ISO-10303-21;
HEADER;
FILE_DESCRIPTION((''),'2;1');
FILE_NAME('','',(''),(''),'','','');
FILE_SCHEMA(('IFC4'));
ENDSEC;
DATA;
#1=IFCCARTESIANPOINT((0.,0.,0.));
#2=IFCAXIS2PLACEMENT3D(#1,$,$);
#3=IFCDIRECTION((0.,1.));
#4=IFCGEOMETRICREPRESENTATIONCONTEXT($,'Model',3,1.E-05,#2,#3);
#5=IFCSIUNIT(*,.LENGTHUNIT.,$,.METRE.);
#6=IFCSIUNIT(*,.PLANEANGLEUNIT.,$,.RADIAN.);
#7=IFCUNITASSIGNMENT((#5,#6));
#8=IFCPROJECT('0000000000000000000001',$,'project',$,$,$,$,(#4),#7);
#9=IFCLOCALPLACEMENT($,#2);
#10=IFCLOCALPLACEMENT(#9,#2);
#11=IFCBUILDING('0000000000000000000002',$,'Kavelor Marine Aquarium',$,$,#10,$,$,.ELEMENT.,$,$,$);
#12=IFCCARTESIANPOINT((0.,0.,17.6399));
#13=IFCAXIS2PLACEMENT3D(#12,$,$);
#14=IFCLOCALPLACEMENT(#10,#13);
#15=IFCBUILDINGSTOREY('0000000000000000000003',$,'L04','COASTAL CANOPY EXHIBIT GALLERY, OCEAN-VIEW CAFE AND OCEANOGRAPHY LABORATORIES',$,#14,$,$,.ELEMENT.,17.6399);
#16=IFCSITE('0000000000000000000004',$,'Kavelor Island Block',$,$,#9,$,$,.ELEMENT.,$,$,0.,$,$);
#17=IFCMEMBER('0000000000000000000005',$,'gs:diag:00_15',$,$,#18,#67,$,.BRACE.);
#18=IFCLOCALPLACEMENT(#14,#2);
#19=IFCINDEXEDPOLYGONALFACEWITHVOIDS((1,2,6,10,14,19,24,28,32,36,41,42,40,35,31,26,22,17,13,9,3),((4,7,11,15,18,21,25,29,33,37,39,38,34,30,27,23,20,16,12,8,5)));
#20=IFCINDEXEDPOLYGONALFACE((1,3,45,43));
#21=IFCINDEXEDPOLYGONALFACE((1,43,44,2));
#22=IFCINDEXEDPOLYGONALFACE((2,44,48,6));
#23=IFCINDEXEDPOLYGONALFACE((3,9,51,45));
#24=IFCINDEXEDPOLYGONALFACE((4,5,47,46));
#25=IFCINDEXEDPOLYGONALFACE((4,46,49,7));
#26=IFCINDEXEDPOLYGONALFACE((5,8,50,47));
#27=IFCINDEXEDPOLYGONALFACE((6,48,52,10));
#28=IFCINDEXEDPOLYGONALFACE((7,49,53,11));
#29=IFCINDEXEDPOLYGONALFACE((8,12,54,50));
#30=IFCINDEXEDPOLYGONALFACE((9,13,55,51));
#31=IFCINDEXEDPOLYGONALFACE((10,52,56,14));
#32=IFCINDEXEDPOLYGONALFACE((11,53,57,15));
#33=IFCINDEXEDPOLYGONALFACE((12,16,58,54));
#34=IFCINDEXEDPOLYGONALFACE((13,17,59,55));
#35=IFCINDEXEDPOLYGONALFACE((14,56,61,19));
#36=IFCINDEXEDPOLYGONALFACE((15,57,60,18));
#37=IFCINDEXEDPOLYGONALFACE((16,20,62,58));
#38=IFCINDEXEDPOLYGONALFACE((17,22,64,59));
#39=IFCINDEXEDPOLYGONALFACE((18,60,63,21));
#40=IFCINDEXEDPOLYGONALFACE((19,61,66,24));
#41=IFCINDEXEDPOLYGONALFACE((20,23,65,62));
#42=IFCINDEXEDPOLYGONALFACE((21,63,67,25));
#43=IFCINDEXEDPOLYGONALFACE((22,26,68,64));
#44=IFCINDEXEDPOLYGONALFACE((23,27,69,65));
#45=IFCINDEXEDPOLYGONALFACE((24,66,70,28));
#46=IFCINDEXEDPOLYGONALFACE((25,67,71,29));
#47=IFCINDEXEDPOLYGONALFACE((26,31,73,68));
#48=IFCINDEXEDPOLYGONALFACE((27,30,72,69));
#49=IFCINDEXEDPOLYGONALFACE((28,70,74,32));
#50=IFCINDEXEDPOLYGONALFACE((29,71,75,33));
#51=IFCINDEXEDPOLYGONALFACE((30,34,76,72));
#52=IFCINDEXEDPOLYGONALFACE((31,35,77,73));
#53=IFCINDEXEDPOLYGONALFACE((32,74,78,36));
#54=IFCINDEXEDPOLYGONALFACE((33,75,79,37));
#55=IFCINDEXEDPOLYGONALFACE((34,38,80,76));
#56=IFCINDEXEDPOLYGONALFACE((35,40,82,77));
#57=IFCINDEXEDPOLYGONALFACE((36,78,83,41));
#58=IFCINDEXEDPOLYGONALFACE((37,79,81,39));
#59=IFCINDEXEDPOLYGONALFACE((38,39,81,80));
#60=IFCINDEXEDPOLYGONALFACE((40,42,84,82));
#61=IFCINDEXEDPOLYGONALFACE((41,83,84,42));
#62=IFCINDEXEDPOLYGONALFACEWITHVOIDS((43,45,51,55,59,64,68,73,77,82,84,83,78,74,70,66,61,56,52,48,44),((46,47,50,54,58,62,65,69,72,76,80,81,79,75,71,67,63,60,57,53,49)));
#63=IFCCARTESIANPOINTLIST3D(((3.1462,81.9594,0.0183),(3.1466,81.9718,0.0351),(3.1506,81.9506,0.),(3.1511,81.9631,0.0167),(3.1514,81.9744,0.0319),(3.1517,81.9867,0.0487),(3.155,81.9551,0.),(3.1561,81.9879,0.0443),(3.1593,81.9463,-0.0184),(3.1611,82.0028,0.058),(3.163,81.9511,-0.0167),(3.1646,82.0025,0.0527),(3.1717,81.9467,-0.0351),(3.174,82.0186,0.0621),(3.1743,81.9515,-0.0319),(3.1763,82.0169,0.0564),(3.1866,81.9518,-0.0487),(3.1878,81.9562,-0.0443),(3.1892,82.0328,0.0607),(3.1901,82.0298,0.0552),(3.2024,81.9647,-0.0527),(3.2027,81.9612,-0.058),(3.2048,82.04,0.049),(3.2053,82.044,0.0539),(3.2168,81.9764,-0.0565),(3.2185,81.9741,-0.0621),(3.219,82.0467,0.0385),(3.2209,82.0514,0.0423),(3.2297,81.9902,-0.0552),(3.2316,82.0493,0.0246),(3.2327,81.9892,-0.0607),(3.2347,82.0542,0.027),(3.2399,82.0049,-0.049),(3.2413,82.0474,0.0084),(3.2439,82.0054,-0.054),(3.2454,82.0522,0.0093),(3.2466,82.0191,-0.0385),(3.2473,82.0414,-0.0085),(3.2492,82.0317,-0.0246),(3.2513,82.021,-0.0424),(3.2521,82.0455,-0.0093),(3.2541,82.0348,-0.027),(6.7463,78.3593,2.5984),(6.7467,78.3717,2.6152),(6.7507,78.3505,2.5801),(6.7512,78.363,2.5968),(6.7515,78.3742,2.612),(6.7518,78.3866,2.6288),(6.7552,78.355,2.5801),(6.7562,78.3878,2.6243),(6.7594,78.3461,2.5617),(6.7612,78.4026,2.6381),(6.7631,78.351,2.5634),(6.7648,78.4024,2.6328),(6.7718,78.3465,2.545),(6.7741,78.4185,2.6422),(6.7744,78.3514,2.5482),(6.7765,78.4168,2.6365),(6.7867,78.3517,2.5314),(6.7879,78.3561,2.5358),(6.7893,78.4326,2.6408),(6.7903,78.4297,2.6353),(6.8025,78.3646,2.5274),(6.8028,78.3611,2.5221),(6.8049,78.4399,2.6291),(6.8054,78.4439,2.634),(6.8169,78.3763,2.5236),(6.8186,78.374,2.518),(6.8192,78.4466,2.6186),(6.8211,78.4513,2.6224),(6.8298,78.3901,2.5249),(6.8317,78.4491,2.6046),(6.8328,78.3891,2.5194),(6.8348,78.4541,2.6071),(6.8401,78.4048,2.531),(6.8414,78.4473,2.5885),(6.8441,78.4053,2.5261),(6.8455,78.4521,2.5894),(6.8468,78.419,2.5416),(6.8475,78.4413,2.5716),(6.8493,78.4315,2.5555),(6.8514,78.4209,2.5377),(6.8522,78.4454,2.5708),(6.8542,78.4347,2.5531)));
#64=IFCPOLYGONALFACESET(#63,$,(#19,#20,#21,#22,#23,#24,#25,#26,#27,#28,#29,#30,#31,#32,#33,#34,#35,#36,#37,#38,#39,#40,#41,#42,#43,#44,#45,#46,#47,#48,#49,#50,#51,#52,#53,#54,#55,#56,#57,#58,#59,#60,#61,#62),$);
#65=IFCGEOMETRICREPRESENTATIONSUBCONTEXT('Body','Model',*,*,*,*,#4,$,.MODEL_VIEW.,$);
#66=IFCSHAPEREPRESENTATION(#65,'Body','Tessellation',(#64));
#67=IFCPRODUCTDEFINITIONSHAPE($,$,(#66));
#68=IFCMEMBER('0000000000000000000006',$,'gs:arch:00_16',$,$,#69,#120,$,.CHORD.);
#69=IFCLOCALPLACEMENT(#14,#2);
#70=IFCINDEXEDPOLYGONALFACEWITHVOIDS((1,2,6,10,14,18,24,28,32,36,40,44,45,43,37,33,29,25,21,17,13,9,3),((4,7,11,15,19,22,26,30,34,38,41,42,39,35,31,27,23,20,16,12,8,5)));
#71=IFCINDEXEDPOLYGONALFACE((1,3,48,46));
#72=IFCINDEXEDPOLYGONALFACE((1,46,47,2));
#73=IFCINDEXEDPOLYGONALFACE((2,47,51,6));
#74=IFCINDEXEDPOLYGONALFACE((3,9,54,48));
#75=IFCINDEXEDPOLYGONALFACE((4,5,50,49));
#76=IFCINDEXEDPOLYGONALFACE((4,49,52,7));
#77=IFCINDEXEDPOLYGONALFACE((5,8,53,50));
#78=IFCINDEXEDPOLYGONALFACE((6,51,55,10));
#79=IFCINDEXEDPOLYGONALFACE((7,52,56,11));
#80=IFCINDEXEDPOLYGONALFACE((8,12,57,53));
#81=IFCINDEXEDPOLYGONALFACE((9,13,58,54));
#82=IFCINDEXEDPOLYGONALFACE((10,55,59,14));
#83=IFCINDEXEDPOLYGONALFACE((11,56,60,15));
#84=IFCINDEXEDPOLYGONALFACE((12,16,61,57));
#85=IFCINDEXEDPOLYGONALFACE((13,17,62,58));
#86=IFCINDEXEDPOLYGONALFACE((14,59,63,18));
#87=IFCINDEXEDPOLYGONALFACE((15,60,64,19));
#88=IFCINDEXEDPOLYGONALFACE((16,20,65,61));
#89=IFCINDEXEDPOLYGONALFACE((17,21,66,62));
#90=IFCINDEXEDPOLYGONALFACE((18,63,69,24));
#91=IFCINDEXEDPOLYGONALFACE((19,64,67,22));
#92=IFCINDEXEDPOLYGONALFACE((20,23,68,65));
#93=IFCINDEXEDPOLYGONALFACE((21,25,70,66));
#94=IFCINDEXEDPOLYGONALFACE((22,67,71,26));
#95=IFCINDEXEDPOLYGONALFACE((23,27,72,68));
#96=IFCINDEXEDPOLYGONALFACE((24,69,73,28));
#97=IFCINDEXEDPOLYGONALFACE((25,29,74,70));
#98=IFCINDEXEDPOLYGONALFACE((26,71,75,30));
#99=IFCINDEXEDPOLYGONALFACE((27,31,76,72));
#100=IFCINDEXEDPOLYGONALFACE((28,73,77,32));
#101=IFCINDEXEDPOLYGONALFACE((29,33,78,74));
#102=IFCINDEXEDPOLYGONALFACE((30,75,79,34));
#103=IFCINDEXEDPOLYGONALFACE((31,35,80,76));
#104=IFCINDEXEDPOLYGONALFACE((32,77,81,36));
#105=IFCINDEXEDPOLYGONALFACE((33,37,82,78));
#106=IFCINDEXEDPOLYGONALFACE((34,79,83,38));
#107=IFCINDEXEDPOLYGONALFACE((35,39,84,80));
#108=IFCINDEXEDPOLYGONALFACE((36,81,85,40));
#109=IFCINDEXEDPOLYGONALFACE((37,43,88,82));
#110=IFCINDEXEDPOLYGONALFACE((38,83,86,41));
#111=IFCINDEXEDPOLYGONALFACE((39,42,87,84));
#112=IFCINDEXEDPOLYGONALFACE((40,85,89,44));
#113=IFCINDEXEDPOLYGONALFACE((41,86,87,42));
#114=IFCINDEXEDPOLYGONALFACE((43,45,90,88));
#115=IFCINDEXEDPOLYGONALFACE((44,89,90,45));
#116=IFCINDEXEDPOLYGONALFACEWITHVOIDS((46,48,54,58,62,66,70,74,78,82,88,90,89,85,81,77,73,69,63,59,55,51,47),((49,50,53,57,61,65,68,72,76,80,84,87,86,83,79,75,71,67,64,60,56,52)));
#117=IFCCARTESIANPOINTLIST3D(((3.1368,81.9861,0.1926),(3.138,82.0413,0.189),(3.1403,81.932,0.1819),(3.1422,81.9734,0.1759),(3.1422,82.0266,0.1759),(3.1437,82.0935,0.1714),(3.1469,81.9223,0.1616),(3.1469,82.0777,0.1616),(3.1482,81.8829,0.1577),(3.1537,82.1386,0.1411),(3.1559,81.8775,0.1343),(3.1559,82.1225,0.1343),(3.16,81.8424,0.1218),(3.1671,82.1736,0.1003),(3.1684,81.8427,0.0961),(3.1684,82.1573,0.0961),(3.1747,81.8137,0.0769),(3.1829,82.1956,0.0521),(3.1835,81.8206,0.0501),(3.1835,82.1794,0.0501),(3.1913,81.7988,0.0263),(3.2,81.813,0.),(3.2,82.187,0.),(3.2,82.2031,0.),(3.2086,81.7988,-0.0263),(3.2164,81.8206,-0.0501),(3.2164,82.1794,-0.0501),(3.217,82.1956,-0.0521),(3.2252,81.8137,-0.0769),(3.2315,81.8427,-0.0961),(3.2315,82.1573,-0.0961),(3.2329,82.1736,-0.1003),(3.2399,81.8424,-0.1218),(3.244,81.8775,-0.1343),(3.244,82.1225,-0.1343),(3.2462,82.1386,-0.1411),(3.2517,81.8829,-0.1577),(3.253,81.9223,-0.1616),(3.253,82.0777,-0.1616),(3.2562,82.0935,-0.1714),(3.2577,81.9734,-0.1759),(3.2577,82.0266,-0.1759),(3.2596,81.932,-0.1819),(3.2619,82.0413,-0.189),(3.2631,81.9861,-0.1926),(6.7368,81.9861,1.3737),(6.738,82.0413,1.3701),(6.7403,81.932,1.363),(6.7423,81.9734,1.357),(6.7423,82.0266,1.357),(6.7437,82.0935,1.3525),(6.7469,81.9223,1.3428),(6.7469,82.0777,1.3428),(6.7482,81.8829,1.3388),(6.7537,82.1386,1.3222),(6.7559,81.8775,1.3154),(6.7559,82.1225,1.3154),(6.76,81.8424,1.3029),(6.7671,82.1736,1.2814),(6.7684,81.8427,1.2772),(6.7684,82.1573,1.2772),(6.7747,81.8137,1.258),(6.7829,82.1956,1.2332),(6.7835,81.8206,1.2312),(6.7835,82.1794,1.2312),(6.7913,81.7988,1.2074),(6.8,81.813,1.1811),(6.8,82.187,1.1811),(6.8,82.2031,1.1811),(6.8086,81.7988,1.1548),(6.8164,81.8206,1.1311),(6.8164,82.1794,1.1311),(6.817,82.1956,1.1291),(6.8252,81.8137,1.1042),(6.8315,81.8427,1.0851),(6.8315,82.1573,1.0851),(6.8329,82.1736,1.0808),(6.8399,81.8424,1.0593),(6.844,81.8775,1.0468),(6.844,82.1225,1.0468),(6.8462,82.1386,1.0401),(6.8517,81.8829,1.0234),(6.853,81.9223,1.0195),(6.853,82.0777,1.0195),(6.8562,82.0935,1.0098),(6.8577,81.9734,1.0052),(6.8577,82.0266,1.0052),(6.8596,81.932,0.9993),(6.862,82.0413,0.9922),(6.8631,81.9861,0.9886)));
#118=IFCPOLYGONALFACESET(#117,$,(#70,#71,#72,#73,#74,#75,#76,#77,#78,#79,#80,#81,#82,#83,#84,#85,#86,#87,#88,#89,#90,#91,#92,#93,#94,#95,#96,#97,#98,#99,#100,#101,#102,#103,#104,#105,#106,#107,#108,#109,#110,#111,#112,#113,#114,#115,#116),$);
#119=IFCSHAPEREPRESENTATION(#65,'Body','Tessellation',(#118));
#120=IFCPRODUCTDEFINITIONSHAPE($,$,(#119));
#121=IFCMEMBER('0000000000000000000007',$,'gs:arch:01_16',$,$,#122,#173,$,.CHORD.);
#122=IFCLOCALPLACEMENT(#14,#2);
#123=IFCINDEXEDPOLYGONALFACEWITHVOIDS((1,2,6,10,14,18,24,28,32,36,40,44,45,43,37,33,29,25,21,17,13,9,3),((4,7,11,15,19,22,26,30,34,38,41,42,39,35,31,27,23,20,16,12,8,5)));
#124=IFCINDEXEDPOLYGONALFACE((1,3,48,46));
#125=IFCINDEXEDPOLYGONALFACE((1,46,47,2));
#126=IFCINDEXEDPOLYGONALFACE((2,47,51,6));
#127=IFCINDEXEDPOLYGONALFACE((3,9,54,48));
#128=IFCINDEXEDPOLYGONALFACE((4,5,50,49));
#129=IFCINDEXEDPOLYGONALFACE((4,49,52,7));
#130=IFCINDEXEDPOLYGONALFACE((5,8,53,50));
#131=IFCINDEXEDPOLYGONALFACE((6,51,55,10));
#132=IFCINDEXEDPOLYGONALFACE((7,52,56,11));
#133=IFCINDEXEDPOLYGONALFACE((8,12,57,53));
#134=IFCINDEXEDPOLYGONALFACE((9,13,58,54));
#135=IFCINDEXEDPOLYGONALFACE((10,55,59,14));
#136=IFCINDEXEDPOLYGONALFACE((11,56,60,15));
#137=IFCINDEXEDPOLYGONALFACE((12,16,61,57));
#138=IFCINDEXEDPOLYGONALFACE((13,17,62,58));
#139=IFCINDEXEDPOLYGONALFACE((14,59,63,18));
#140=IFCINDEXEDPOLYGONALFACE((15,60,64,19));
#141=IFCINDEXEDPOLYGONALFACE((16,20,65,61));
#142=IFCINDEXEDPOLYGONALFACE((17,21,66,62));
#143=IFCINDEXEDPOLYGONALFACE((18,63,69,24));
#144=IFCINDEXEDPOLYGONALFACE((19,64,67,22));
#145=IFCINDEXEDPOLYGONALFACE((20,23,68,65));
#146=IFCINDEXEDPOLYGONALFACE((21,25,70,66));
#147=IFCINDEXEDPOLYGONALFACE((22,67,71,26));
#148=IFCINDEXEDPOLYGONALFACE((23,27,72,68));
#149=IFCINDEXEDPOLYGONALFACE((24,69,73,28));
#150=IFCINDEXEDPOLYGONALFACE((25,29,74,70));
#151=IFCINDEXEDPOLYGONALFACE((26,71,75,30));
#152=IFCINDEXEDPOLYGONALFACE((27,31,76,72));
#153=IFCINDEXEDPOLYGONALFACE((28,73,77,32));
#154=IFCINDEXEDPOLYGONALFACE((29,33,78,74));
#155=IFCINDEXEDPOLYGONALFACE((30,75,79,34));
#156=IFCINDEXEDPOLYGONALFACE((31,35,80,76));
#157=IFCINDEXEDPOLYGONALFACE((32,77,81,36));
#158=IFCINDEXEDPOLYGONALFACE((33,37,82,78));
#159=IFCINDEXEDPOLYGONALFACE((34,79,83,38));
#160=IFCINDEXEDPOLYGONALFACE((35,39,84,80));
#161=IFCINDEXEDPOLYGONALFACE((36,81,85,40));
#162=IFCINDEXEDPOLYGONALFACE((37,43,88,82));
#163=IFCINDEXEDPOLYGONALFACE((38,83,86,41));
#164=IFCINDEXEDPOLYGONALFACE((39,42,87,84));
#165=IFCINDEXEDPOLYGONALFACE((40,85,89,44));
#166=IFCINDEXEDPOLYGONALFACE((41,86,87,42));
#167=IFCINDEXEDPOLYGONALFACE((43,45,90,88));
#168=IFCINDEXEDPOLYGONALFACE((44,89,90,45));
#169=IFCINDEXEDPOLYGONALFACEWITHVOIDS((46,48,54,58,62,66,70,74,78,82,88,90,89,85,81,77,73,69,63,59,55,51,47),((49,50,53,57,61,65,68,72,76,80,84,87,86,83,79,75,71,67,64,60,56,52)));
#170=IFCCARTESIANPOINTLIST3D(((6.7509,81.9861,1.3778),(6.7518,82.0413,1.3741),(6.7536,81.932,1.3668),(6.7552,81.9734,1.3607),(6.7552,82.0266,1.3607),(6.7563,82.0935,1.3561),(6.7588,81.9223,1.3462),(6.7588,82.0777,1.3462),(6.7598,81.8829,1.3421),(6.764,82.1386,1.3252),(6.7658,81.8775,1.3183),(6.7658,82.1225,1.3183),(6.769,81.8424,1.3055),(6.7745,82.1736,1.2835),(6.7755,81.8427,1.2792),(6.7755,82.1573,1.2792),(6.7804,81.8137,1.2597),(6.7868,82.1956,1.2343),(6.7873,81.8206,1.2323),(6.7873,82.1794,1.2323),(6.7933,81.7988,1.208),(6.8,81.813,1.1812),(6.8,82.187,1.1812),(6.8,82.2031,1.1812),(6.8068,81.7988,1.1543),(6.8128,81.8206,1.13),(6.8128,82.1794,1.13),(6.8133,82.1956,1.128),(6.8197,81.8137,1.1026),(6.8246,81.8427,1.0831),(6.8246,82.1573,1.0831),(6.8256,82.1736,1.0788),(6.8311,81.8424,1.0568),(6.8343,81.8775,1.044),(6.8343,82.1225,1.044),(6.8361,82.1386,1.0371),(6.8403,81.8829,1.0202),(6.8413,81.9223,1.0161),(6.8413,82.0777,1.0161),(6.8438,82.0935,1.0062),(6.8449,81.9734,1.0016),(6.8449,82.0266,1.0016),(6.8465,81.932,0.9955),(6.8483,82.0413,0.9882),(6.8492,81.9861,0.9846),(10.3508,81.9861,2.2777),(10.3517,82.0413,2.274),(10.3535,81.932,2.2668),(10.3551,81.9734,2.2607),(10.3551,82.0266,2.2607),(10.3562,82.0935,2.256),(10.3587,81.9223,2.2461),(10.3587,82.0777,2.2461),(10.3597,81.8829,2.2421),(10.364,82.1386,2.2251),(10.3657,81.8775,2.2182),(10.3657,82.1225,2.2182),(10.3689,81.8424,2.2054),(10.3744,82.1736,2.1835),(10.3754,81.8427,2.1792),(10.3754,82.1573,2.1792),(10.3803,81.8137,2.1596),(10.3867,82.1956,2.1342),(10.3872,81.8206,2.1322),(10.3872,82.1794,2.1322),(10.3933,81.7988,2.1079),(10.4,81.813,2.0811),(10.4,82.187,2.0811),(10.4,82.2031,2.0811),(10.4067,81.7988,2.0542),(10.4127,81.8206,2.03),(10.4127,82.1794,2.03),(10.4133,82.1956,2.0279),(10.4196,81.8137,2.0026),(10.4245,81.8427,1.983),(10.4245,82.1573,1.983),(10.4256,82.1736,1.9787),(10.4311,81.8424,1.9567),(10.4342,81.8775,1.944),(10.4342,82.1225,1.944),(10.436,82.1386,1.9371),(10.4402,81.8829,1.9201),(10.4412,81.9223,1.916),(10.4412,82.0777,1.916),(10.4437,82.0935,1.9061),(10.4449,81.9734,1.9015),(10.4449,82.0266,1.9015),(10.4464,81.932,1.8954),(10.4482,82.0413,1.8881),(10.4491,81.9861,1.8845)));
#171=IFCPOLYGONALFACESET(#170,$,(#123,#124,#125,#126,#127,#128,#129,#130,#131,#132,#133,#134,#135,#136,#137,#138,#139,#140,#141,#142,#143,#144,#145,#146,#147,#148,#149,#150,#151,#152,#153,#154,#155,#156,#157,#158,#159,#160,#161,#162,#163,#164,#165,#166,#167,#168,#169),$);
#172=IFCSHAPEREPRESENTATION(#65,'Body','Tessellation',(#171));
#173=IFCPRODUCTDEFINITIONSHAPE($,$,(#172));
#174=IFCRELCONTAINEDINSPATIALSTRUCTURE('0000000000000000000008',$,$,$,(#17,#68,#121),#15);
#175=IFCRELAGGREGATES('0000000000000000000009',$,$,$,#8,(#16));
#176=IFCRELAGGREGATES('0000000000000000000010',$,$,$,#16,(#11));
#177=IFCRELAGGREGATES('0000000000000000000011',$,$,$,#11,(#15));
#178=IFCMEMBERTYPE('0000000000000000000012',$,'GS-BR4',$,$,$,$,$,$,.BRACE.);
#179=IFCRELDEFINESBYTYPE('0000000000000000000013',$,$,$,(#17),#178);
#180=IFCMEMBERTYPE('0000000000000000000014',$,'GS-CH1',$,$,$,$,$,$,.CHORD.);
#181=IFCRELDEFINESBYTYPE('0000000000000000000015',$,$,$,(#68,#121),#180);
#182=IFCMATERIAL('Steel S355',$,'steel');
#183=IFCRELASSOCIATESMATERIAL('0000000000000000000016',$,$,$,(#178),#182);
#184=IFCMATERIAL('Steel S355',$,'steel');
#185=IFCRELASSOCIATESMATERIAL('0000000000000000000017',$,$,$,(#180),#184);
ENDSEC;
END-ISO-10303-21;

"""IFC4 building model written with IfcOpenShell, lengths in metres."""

from ifc_helpers import new_model, si_unit, direction, frame, origin, origin_2d, place, context, subcontext, project, spatial, hollow_circle, extrude, material, material_profile, profile_set, type_object, element, save


model = new_model("IFC4")

# Units and contexts
model_context = context("Model", 3, precision=1e-05, world=origin(), true_north=direction((0.0, 1.0)))
body_context = subcontext(model_context, "Body", "Model", "MODEL_VIEW")
ifc_project = project(units=[si_unit("LENGTHUNIT", "METRE"), si_unit("PLANEANGLEUNIT", "RADIAN")], contexts=[model_context])

# Site, building, storey
site_placement = place(None, origin())
site = spatial("IfcSite", under=ifc_project, at=site_placement, Name="Kavelor Island Block", CompositionType="ELEMENT", RefElevation=0.0)
building_placement = place(site_placement, origin())
building = spatial("IfcBuilding", under=site, at=building_placement, Name="Kavelor Marine Aquarium", CompositionType="ELEMENT")
storey_placement = place(building_placement, frame((0.0, 0.0, 17.6399)))
storey = spatial("IfcBuildingStorey", under=building, at=storey_placement, Name="L04", Description="COASTAL CANOPY EXHIBIT GALLERY, OCEAN-VIEW CAFE AND OCEANOGRAPHY LABORATORIES", CompositionType="ELEMENT", Elevation=17.6399)

# Members
ifc_material_1 = material(Name="Steel S355", Category="steel")
ifc_material_profile_1 = material_profile(ifc_material_1, hollow_circle(Radius=0.0698, WallThickness=0.0063, at=origin_2d()), Name="CHS 139.7x6.3")
ifc_profile_set_1 = profile_set([ifc_material_profile_1], Name="Steel S355")
member_type_1 = type_object("IfcMemberType", Name="GS-BR4", PredefinedType="BRACE", material=ifc_profile_set_1)
member_1_placement = place(storey_placement, frame((6.8, 78.3999, 2.5801), z_axis=(-0.63074, 0.63074, -0.452032), x_axis=(-0.707107, -0.707107, 0.0)))
element("IfcMember", 1, at=member_1_placement, inside=storey, type_object=member_type_1, Name="gs:diag:00_15", PredefinedType="BRACE", context=body_context, shape_type="SweptSolid", body=[
    extrude(hollow_circle(Radius=0.0698, WallThickness=0.0063, at=origin_2d()), origin(), (0.0, 0.0, 1.0), 5.7078),
])
ifc_material_2 = material(Name="Steel S355", Category="steel")
ifc_material_profile_2 = material_profile(ifc_material_2, hollow_circle(Radius=0.2031, WallThickness=0.0161, at=origin_2d()), Name="CHS 406.4x16.0")
ifc_profile_set_2 = profile_set([ifc_material_profile_2], Name="Steel S355")
member_type_2 = type_object("IfcMemberType", Name="GS-CH1", PredefinedType="CHORD", material=ifc_profile_set_2)
member_2_placement = place(storey_placement, frame((3.2, 82.0, 0.0), z_axis=(0.950168, 0.0, 0.31174), x_axis=(0.0, 1.0, 0.0)))
element("IfcMember", 2, at=member_2_placement, inside=storey, type_object=member_type_2, Name="gs:arch:00_16", PredefinedType="CHORD", context=body_context, shape_type="SweptSolid", body=[
    extrude(hollow_circle(Radius=0.2031, WallThickness=0.0161, at=origin_2d()), origin(), (0.0, 0.0, 1.0), 3.7888),
])
member_3_placement = place(storey_placement, frame((6.8, 82.0, 1.1812), z_axis=(0.970146, 0.0, 0.24252), x_axis=(0.0, 1.0, 0.0)))
element("IfcMember", 3, at=member_3_placement, inside=storey, type_object=member_type_2, Name="gs:arch:01_16", PredefinedType="CHORD", context=body_context, shape_type="SweptSolid", body=[
    extrude(hollow_circle(Radius=0.2031, WallThickness=0.0161, at=origin_2d()), origin(), (0.0, 0.0, 1.0), 3.7107),
])

save(model, "model.ifc")
